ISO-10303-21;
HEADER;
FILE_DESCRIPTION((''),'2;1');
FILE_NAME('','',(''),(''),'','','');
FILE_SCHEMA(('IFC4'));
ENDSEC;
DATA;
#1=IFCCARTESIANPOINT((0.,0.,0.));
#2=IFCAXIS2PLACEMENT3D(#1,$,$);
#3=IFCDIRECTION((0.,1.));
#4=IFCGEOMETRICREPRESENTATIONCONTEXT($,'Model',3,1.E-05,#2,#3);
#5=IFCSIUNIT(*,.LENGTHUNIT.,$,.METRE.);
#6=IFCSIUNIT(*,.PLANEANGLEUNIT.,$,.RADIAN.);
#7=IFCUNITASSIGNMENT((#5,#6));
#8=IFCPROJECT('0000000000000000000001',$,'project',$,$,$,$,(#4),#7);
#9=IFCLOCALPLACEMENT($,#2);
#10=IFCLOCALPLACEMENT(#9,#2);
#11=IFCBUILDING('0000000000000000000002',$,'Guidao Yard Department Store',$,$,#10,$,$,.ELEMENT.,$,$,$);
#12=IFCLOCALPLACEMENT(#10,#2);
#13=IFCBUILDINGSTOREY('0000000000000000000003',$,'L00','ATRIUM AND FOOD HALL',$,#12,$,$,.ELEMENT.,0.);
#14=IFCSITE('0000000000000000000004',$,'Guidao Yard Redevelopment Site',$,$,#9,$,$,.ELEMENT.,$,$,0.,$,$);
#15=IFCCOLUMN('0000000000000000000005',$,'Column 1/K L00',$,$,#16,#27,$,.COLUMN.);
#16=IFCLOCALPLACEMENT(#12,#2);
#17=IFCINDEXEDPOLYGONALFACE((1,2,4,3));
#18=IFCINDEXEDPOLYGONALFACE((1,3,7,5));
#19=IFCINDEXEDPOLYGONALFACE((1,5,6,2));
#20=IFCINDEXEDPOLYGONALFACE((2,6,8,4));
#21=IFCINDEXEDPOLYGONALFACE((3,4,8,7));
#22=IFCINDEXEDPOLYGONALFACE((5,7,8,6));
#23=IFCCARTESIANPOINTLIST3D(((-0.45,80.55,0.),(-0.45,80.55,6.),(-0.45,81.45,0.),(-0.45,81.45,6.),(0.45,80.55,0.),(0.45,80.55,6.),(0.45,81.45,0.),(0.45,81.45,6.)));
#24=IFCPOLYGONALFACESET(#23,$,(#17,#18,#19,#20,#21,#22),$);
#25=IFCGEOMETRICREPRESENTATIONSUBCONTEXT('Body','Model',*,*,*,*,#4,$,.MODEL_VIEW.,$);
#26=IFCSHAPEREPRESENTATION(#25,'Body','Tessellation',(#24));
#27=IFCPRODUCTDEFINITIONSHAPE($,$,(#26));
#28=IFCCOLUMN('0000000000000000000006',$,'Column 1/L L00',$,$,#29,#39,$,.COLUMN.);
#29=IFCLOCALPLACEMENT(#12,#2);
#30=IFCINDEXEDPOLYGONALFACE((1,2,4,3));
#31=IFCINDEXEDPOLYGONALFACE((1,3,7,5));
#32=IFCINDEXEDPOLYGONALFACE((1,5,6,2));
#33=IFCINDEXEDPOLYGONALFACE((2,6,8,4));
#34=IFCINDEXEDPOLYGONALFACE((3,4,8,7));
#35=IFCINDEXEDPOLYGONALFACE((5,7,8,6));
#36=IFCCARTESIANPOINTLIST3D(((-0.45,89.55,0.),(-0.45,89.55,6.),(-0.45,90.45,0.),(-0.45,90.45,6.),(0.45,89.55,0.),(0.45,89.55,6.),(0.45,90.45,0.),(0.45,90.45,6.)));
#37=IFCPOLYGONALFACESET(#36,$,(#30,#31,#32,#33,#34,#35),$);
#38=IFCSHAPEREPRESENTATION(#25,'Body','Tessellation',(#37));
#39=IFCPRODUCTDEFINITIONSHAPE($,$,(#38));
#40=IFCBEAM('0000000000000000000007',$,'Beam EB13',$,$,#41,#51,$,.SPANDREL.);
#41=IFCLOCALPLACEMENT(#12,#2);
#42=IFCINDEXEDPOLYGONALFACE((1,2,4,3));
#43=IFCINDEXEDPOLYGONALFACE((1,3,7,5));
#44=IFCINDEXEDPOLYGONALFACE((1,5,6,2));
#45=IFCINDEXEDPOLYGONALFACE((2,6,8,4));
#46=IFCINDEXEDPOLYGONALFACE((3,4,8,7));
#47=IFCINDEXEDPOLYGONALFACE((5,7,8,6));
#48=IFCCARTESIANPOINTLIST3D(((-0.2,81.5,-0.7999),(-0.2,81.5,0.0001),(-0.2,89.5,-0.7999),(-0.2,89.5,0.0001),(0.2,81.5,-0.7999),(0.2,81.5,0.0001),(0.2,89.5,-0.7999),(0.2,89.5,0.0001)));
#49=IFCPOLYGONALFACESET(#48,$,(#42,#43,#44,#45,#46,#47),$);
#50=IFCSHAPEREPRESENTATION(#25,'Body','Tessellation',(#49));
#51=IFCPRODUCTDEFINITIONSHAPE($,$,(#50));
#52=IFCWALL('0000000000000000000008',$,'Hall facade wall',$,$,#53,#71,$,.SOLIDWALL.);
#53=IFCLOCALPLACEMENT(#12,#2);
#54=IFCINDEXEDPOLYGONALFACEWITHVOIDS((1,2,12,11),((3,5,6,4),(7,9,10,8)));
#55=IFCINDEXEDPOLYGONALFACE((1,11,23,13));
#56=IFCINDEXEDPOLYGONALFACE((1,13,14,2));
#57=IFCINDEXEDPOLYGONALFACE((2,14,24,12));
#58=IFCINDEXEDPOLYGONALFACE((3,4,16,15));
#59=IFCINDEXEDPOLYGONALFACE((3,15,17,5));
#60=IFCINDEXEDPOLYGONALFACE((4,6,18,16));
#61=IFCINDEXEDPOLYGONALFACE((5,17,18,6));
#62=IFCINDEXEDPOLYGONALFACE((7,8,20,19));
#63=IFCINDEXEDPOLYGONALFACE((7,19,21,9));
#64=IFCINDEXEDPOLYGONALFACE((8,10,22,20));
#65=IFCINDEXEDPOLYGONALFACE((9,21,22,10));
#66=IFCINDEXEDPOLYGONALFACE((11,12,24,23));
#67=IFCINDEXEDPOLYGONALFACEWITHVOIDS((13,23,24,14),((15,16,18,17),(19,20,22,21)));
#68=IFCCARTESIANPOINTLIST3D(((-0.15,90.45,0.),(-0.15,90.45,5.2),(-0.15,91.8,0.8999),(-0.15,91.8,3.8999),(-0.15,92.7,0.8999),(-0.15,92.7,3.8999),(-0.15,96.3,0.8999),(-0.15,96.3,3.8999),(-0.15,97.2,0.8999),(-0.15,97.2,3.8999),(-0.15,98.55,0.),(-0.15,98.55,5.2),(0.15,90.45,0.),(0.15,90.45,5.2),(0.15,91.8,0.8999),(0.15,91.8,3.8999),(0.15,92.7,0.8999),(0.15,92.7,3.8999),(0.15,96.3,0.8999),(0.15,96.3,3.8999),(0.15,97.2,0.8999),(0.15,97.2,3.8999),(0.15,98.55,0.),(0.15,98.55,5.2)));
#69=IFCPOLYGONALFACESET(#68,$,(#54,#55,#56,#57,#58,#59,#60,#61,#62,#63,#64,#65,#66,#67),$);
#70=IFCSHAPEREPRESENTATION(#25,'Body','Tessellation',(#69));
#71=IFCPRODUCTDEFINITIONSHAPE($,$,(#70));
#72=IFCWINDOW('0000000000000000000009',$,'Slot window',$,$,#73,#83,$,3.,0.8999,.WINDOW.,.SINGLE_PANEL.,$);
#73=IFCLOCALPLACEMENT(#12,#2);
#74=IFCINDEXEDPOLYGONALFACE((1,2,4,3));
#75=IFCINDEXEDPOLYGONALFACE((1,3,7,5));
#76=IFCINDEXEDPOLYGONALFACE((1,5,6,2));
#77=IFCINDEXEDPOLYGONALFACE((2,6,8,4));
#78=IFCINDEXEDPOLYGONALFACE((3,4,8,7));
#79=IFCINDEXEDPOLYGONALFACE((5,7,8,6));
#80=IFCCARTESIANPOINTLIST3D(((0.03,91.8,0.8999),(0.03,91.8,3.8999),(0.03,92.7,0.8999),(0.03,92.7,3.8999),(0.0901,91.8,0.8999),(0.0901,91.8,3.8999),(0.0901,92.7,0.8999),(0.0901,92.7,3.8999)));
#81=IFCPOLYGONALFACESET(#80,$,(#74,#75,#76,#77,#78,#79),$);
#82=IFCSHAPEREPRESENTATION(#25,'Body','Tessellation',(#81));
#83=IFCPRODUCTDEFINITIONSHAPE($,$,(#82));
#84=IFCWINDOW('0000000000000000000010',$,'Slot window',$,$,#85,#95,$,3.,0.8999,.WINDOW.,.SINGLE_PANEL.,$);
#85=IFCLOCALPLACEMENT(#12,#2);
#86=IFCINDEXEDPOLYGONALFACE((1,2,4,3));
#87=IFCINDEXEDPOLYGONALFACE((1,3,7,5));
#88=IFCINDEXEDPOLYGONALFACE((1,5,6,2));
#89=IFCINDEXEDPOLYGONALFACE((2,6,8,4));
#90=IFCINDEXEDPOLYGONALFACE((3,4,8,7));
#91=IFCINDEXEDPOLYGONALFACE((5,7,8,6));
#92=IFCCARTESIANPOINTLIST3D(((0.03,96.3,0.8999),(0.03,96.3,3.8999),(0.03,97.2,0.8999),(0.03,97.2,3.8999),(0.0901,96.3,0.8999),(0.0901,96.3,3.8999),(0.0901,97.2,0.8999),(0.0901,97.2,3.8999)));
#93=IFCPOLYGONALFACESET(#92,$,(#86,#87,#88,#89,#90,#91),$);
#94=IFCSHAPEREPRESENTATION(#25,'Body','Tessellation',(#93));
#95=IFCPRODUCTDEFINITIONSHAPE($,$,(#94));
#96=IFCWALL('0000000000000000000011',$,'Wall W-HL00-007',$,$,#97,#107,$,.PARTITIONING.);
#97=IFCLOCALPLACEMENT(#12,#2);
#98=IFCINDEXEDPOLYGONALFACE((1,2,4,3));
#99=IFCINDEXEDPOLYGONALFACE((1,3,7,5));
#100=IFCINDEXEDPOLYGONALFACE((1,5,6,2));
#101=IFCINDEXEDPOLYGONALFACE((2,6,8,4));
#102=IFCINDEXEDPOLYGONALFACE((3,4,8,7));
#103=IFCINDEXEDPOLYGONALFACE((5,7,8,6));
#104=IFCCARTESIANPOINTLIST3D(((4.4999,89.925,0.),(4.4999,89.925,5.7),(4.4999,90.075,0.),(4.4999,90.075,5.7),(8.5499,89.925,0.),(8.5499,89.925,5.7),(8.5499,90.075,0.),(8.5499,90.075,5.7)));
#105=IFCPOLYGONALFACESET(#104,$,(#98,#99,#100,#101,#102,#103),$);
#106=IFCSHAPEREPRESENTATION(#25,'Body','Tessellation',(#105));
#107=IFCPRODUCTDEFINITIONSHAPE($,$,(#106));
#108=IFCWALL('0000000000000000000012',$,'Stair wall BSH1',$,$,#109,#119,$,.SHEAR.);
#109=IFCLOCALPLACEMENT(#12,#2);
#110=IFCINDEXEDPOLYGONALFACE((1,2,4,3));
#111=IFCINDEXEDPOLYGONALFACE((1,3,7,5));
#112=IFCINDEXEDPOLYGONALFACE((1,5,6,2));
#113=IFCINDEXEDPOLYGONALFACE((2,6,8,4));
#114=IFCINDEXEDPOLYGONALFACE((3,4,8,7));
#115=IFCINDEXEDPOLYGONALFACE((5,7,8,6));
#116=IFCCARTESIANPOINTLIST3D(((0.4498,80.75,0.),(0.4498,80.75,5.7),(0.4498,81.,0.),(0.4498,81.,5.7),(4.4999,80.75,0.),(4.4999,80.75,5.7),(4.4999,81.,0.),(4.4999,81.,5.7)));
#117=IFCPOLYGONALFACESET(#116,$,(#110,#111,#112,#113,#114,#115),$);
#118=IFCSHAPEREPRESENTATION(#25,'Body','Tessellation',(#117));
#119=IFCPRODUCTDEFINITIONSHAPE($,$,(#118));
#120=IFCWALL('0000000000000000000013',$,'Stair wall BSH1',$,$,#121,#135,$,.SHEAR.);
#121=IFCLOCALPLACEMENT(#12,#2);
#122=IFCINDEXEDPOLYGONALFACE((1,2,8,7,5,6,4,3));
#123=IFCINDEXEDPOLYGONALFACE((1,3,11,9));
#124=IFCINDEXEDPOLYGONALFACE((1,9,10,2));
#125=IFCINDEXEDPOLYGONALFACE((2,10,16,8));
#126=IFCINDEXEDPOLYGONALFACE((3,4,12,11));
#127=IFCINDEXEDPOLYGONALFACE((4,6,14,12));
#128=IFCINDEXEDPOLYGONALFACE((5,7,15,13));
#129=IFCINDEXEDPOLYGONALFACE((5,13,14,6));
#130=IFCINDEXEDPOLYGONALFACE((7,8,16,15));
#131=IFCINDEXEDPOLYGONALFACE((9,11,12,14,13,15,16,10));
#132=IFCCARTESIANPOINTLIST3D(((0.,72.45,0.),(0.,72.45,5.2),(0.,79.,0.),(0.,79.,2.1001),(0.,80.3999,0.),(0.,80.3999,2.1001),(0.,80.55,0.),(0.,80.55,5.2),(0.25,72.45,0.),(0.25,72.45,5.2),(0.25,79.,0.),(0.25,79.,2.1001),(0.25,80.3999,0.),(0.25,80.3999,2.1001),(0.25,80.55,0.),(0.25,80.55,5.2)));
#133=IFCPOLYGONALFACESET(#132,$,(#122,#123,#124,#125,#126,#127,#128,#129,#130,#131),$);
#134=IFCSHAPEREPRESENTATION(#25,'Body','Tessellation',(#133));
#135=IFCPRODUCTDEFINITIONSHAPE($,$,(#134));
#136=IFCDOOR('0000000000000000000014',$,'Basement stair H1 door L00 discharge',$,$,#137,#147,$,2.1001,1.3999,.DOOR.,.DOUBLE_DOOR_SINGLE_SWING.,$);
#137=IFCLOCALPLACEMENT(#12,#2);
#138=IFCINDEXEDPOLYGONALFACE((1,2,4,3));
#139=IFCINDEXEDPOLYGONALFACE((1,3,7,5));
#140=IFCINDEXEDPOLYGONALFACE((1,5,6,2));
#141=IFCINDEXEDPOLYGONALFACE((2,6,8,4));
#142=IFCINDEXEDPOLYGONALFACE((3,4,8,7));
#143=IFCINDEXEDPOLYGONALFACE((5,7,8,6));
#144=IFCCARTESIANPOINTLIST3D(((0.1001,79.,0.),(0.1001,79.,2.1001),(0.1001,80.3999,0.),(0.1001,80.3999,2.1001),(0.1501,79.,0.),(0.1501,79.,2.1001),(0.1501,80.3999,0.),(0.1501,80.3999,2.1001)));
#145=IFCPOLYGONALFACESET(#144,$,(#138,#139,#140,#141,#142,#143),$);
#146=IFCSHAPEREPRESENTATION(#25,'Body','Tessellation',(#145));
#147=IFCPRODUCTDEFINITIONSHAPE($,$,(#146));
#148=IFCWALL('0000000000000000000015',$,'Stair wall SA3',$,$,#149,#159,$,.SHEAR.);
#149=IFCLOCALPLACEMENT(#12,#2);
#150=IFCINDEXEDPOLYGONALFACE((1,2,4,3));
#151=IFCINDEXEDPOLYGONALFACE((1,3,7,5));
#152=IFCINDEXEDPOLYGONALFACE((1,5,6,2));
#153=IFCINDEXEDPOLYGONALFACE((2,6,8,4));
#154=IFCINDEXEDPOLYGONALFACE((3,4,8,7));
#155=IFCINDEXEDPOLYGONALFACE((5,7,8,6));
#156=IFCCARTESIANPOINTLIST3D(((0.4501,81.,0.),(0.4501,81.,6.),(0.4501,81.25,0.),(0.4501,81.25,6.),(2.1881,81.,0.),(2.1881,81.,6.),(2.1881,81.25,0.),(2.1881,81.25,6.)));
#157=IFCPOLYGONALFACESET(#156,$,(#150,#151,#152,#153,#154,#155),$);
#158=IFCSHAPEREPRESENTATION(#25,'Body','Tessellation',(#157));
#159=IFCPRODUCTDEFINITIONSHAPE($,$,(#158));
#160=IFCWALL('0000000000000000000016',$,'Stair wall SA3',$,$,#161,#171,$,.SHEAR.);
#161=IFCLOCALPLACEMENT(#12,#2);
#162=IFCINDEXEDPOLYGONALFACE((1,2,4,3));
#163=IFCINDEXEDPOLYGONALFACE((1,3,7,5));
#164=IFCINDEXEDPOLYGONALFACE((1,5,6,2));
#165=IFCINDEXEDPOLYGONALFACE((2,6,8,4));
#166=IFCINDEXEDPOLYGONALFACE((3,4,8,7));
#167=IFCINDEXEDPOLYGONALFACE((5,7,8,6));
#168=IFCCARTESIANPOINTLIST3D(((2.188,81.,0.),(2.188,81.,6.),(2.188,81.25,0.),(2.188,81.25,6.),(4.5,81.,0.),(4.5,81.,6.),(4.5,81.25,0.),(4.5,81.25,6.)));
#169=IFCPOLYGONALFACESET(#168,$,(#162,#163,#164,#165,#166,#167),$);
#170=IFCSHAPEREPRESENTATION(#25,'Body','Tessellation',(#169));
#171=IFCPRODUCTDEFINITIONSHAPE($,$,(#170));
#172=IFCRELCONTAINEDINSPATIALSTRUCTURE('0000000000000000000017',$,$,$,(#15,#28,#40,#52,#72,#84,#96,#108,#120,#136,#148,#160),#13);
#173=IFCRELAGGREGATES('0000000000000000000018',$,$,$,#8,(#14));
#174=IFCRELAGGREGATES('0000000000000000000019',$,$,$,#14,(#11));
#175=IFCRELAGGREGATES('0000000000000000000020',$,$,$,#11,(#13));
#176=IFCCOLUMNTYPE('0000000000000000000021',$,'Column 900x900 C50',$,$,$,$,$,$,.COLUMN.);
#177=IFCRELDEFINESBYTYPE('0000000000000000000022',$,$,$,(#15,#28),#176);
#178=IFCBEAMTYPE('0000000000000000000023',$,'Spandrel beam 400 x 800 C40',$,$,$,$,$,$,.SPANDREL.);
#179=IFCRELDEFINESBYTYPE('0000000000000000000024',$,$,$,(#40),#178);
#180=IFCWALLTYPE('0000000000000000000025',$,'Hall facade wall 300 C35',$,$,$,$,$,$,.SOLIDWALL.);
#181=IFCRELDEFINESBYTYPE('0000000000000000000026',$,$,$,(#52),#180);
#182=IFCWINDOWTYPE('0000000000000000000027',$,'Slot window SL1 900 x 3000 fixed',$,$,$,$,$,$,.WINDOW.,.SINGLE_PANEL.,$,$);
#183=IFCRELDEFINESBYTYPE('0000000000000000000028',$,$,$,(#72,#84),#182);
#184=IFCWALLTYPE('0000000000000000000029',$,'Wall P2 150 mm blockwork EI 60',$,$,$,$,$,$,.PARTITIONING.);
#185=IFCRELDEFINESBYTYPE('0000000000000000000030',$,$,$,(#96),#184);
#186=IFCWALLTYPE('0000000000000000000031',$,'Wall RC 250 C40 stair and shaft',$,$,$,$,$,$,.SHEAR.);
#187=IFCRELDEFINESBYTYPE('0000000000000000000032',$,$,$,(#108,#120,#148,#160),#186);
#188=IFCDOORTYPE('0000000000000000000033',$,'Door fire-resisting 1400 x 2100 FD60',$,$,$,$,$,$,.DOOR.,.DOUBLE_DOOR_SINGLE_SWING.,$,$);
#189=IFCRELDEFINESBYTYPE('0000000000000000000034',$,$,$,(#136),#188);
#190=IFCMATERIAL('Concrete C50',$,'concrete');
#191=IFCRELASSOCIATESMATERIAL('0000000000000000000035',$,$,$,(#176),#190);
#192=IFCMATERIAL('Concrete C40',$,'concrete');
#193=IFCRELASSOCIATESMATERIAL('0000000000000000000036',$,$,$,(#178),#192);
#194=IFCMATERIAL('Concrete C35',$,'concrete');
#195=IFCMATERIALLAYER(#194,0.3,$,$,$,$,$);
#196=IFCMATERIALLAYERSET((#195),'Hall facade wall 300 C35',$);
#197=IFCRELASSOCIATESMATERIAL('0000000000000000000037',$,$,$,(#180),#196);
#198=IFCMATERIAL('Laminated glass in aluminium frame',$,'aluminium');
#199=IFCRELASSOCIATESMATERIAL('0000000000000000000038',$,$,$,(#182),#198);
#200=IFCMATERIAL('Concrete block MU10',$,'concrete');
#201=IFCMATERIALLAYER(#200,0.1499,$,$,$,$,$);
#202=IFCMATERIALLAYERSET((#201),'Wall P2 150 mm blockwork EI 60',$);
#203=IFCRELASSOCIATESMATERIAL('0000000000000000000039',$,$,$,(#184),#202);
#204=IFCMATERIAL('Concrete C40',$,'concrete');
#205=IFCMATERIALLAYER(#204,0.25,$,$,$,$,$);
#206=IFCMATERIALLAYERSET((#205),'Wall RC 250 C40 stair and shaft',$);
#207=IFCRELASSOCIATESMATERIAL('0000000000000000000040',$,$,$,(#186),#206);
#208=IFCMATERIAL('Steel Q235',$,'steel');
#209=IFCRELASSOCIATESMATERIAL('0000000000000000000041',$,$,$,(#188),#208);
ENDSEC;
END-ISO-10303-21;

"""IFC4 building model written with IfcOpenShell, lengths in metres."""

from ifc_helpers import new_model, si_unit, direction, frame, frame_2d, origin, origin_2d, place, context, subcontext, project, spatial, rectangle, extrude, material, layer, layer_set, material_profile, profile_set, type_object, element, fill, save


model = new_model("IFC4")

# Units and contexts
model_context = context("Model", 3, precision=1e-05, world=origin(), true_north=direction((0.0, 1.0)))
body_context = subcontext(model_context, "Body", "Model", "MODEL_VIEW")
ifc_project = project(units=[si_unit("LENGTHUNIT", "METRE"), si_unit("PLANEANGLEUNIT", "RADIAN")], contexts=[model_context])

# Site, building, storey
site_placement = place(None, origin())
site = spatial("IfcSite", under=ifc_project, at=site_placement, Name="Guidao Yard Redevelopment Site", CompositionType="ELEMENT", RefElevation=0.0)
building_placement = place(site_placement, origin())
building = spatial("IfcBuilding", under=site, at=building_placement, Name="Guidao Yard Department Store", CompositionType="ELEMENT")
storey_placement = place(building_placement, origin())
storey = spatial("IfcBuildingStorey", under=building, at=storey_placement, Name="L00", Description="ATRIUM AND FOOD HALL", CompositionType="ELEMENT", Elevation=0.0)

# Columns
ifc_material_1 = material(Name="Concrete C50", Category="concrete")
ifc_material_profile_1 = material_profile(ifc_material_1, rectangle(XDim=0.8999, YDim=0.8999, at=origin_2d()), Name="COL 900x900")
ifc_profile_set_1 = profile_set([ifc_material_profile_1], Name="Concrete C50")
column_type = type_object("IfcColumnType", Name="Column 900x900 C50", PredefinedType="COLUMN", material=ifc_profile_set_1)
for number, where, z_axis, x_axis, name in (
    (1, (0.0, 81.0, 0.0), (0.0, 0.0, 1.0), (1.0, 0.0, 0.0), "Column 1/K L00"),
    (2, (0.0, 90.0, 0.0), (0.0, 0.0, 1.0), (1.0, 0.0, 0.0), "Column 1/L L00"),
):
    element("IfcColumn", number, at=place(storey_placement, frame(where, z_axis=z_axis, x_axis=x_axis)), inside=storey, type_object=column_type, Name=name, PredefinedType="COLUMN", context=body_context, shape_type="SweptSolid", body=[
        extrude(rectangle(XDim=0.8999, YDim=0.8999, at=origin_2d()), origin(), (0.0, 0.0, 1.0), 6.0),
    ])

# Beam
ifc_material_2 = material(Name="Concrete C40", Category="concrete")
ifc_material_profile_2 = material_profile(ifc_material_2, rectangle(XDim=0.3999, YDim=0.8, at=origin_2d()), Name="Spandrel beam 400 x 800 C40")
ifc_profile_set_2 = profile_set([ifc_material_profile_2], Name="Concrete C40")
beam_type = type_object("IfcBeamType", Name="Spandrel beam 400 x 800 C40", PredefinedType="SPANDREL", material=ifc_profile_set_2)
beam_placement = place(storey_placement, frame((0.0, 81.5, -0.3999), z_axis=(0.0, 1.0, 0.0), x_axis=(-1.0, 0.0, 0.0)))
element("IfcBeam", 3, at=beam_placement, inside=storey, type_object=beam_type, Name="Beam EB13", PredefinedType="SPANDREL", context=body_context, shape_type="SweptSolid", body=[
    extrude(rectangle(XDim=0.3999, YDim=0.8, at=origin_2d()), origin(), (0.0, 0.0, 1.0), 8.0),
])

# Wall, openings, windows
ifc_material_3 = material(Name="Concrete C35", Category="concrete")
ifc_layer_1 = layer(ifc_material_3, 0.3)
ifc_layer_set_1 = layer_set([ifc_layer_1], Name="Hall facade wall 300 C35")
wall_type_1 = type_object("IfcWallType", Name="Hall facade wall 300 C35", PredefinedType="SOLIDWALL", material=ifc_layer_set_1)
wall_1_placement = place(storey_placement, frame((0.0, 90.45, 0.0), z_axis=(0.0, 0.0, 1.0), x_axis=(0.0, 1.0, 0.0)))
wall_1 = element("IfcWall", 4, at=wall_1_placement, inside=storey, type_object=wall_type_1, Name="Hall facade wall", PredefinedType="SOLIDWALL", context=body_context, shape_type="SweptSolid", body=[
    extrude(rectangle(XDim=8.1001, YDim=0.3, at=frame_2d((4.05, 0.0))), origin(), (0.0, 0.0, 1.0), 5.2),
])
opening_1_placement = place(wall_1_placement, frame((1.3501, 0.0, 0.8999)))
opening_1 = element("IfcOpeningElement", 5, at=opening_1_placement, cuts=wall_1, PredefinedType="OPENING", context=body_context, shape_type="SweptSolid", body=[
    extrude(rectangle(XDim=0.8999, YDim=3.0, at=frame_2d((0.45, 1.5))), frame((0.0, 0.1599, 0.0), z_axis=(0.0, -1.0, 0.0), x_axis=(1.0, 0.0, 0.0)), (0.0, 0.0, 1.0), 0.3201),
])
opening_2_placement = place(wall_1_placement, frame((5.8501, 0.0, 0.8999)))
opening_2 = element("IfcOpeningElement", 6, at=opening_2_placement, cuts=wall_1, PredefinedType="OPENING", context=body_context, shape_type="SweptSolid", body=[
    extrude(rectangle(XDim=0.8999, YDim=3.0, at=frame_2d((0.45, 1.5))), frame((0.0, 0.1599, 0.0), z_axis=(0.0, -1.0, 0.0), x_axis=(1.0, 0.0, 0.0)), (0.0, 0.0, 1.0), 0.3201),
])
ifc_material_4 = material(Name="Laminated glass in aluminium frame", Category="aluminium")
window_type = type_object("IfcWindowType", Name="Slot window SL1 900 x 3000 fixed", PartitioningType="SINGLE_PANEL", PredefinedType="WINDOW", material=ifc_material_4)
window_1_placement = place(opening_1_placement, origin())
window_1 = element("IfcWindow", 7, at=window_1_placement, inside=storey, type_object=window_type, Name="Slot window", OverallHeight=3.0, OverallWidth=0.8999, PartitioningType="SINGLE_PANEL", PredefinedType="WINDOW", context=body_context, shape_type="SweptSolid", body=[
    extrude(rectangle(XDim=0.8999, YDim=3.0, at=frame_2d((0.45, 1.5))), frame((0.0, -0.03, 0.0), z_axis=(0.0, -1.0, 0.0), x_axis=(1.0, 0.0, 0.0)), (0.0, 0.0, 1.0), 0.0601),
])
fill(opening_1, window_1)
window_2_placement = place(opening_2_placement, origin())
window_2 = element("IfcWindow", 8, at=window_2_placement, inside=storey, type_object=window_type, Name="Slot window", OverallHeight=3.0, OverallWidth=0.8999, PartitioningType="SINGLE_PANEL", PredefinedType="WINDOW", context=body_context, shape_type="SweptSolid", body=[
    extrude(rectangle(XDim=0.8999, YDim=3.0, at=frame_2d((0.45, 1.5))), frame((0.0, -0.03, 0.0), z_axis=(0.0, -1.0, 0.0), x_axis=(1.0, 0.0, 0.0)), (0.0, 0.0, 1.0), 0.0601),
])
fill(opening_2, window_2)

# Walls
ifc_material_5 = material(Name="Concrete block MU10", Category="concrete")
ifc_layer_2 = layer(ifc_material_5, 0.1499)
ifc_layer_set_2 = layer_set([ifc_layer_2], Name="Wall P2 150 mm blockwork EI 60")
wall_type_2 = type_object("IfcWallType", Name="Wall P2 150 mm blockwork EI 60", PredefinedType="PARTITIONING", material=ifc_layer_set_2)
wall_2_placement = place(storey_placement, frame((4.5, 90.0, 0.0), z_axis=(0.0, 0.0, 1.0), x_axis=(1.0, 0.0, 0.0)))
element("IfcWall", 9, at=wall_2_placement, inside=storey, type_object=wall_type_2, Name="Wall W-HL00-007", PredefinedType="PARTITIONING", context=body_context, shape_type="SweptSolid", body=[
    extrude(rectangle(XDim=4.05, YDim=0.1499, at=frame_2d((2.0249, 0.0))), origin(), (0.0, 0.0, 1.0), 5.7),
])
ifc_material_6 = material(Name="Concrete C40", Category="concrete")
ifc_layer_3 = layer(ifc_material_6, 0.25)
ifc_layer_set_3 = layer_set([ifc_layer_3], Name="Wall RC 250 C40 stair and shaft")
wall_type_3 = type_object("IfcWallType", Name="Wall RC 250 C40 stair and shaft", PredefinedType="SHEAR", material=ifc_layer_set_3)
wall_3_placement = place(storey_placement, frame((0.45, 80.875, 0.0), z_axis=(0.0, 0.0, 1.0), x_axis=(1.0, 0.0, 0.0)))
element("IfcWall", 10, at=wall_3_placement, inside=storey, type_object=wall_type_3, Name="Stair wall BSH1", PredefinedType="SHEAR", context=body_context, shape_type="SweptSolid", body=[
    extrude(rectangle(XDim=4.05, YDim=0.25, at=frame_2d((2.0249, 0.0))), origin(), (0.0, 0.0, 1.0), 5.7),
])

# Wall, opening, door
wall_4_placement = place(storey_placement, frame((0.125, 72.45, 0.0), z_axis=(0.0, 0.0, 1.0), x_axis=(0.0, 1.0, 0.0)))
wall_4 = element("IfcWall", 11, at=wall_4_placement, inside=storey, type_object=wall_type_3, Name="Stair wall BSH1", PredefinedType="SHEAR", context=body_context, shape_type="SweptSolid", body=[
    extrude(rectangle(XDim=8.1001, YDim=0.25, at=frame_2d((4.05, 0.0))), origin(), (0.0, 0.0, 1.0), 5.2),
])
opening_3_placement = place(wall_4_placement, frame((6.55, 0.0, 0.0)))
opening_3 = element("IfcOpeningElement", 12, at=opening_3_placement, cuts=wall_4, PredefinedType="OPENING", context=body_context, shape_type="SweptSolid", body=[
    extrude(rectangle(XDim=1.3999, YDim=2.1001, at=frame_2d((0.7, 1.05))), frame((0.0, 0.135, 0.0), z_axis=(0.0, -1.0, 0.0), x_axis=(1.0, 0.0, 0.0)), (0.0, 0.0, 1.0), 0.27),
])
ifc_material_7 = material(Name="Steel Q235", Category="steel")
door_type_1 = type_object("IfcDoorType", Name="Door fire-resisting 1400 x 2100 FD60", OperationType="DOUBLE_DOOR_SINGLE_SWING", PredefinedType="DOOR", material=ifc_material_7)
door_1_placement = place(opening_3_placement, origin())
door_1 = element("IfcDoor", 13, at=door_1_placement, inside=storey, type_object=door_type_1, Name="Basement stair H1 door L00 discharge", OperationType="DOUBLE_DOOR_SINGLE_SWING", OverallHeight=2.1001, OverallWidth=1.3999, PredefinedType="DOOR", context=body_context, shape_type="SweptSolid", body=[
    extrude(rectangle(XDim=1.3999, YDim=2.1001, at=frame_2d((0.7, 1.05))), frame((0.0, 0.0249, 0.0), z_axis=(0.0, -1.0, 0.0), x_axis=(1.0, 0.0, 0.0)), (0.0, 0.0, 1.0), 0.05),
])
fill(opening_3, door_1)

# Walls
wall_5_placement = place(storey_placement, frame((0.45, 81.125, 0.0), z_axis=(0.0, 0.0, 1.0), x_axis=(1.0, 0.0, 0.0)))
element("IfcWall", 14, at=wall_5_placement, inside=storey, type_object=wall_type_3, Name="Stair wall SA3", PredefinedType="SHEAR", context=body_context, shape_type="SweptSolid", body=[
    extrude(rectangle(XDim=1.738, YDim=0.25, at=frame_2d((0.8691, 0.0))), origin(), (0.0, 0.0, 1.0), 6.0),
])
wall_6_placement = place(storey_placement, frame((2.188, 81.125, 0.0), z_axis=(0.0, 0.0, 1.0), x_axis=(1.0, 0.0, 0.0)))
element("IfcWall", 15, at=wall_6_placement, inside=storey, type_object=wall_type_3, Name="Stair wall SA3", PredefinedType="SHEAR", context=body_context, shape_type="SweptSolid", body=[
    extrude(rectangle(XDim=2.312, YDim=0.25, at=frame_2d((1.156, 0.0))), origin(), (0.0, 0.0, 1.0), 6.0),
])

save(model, "model.ifc")
